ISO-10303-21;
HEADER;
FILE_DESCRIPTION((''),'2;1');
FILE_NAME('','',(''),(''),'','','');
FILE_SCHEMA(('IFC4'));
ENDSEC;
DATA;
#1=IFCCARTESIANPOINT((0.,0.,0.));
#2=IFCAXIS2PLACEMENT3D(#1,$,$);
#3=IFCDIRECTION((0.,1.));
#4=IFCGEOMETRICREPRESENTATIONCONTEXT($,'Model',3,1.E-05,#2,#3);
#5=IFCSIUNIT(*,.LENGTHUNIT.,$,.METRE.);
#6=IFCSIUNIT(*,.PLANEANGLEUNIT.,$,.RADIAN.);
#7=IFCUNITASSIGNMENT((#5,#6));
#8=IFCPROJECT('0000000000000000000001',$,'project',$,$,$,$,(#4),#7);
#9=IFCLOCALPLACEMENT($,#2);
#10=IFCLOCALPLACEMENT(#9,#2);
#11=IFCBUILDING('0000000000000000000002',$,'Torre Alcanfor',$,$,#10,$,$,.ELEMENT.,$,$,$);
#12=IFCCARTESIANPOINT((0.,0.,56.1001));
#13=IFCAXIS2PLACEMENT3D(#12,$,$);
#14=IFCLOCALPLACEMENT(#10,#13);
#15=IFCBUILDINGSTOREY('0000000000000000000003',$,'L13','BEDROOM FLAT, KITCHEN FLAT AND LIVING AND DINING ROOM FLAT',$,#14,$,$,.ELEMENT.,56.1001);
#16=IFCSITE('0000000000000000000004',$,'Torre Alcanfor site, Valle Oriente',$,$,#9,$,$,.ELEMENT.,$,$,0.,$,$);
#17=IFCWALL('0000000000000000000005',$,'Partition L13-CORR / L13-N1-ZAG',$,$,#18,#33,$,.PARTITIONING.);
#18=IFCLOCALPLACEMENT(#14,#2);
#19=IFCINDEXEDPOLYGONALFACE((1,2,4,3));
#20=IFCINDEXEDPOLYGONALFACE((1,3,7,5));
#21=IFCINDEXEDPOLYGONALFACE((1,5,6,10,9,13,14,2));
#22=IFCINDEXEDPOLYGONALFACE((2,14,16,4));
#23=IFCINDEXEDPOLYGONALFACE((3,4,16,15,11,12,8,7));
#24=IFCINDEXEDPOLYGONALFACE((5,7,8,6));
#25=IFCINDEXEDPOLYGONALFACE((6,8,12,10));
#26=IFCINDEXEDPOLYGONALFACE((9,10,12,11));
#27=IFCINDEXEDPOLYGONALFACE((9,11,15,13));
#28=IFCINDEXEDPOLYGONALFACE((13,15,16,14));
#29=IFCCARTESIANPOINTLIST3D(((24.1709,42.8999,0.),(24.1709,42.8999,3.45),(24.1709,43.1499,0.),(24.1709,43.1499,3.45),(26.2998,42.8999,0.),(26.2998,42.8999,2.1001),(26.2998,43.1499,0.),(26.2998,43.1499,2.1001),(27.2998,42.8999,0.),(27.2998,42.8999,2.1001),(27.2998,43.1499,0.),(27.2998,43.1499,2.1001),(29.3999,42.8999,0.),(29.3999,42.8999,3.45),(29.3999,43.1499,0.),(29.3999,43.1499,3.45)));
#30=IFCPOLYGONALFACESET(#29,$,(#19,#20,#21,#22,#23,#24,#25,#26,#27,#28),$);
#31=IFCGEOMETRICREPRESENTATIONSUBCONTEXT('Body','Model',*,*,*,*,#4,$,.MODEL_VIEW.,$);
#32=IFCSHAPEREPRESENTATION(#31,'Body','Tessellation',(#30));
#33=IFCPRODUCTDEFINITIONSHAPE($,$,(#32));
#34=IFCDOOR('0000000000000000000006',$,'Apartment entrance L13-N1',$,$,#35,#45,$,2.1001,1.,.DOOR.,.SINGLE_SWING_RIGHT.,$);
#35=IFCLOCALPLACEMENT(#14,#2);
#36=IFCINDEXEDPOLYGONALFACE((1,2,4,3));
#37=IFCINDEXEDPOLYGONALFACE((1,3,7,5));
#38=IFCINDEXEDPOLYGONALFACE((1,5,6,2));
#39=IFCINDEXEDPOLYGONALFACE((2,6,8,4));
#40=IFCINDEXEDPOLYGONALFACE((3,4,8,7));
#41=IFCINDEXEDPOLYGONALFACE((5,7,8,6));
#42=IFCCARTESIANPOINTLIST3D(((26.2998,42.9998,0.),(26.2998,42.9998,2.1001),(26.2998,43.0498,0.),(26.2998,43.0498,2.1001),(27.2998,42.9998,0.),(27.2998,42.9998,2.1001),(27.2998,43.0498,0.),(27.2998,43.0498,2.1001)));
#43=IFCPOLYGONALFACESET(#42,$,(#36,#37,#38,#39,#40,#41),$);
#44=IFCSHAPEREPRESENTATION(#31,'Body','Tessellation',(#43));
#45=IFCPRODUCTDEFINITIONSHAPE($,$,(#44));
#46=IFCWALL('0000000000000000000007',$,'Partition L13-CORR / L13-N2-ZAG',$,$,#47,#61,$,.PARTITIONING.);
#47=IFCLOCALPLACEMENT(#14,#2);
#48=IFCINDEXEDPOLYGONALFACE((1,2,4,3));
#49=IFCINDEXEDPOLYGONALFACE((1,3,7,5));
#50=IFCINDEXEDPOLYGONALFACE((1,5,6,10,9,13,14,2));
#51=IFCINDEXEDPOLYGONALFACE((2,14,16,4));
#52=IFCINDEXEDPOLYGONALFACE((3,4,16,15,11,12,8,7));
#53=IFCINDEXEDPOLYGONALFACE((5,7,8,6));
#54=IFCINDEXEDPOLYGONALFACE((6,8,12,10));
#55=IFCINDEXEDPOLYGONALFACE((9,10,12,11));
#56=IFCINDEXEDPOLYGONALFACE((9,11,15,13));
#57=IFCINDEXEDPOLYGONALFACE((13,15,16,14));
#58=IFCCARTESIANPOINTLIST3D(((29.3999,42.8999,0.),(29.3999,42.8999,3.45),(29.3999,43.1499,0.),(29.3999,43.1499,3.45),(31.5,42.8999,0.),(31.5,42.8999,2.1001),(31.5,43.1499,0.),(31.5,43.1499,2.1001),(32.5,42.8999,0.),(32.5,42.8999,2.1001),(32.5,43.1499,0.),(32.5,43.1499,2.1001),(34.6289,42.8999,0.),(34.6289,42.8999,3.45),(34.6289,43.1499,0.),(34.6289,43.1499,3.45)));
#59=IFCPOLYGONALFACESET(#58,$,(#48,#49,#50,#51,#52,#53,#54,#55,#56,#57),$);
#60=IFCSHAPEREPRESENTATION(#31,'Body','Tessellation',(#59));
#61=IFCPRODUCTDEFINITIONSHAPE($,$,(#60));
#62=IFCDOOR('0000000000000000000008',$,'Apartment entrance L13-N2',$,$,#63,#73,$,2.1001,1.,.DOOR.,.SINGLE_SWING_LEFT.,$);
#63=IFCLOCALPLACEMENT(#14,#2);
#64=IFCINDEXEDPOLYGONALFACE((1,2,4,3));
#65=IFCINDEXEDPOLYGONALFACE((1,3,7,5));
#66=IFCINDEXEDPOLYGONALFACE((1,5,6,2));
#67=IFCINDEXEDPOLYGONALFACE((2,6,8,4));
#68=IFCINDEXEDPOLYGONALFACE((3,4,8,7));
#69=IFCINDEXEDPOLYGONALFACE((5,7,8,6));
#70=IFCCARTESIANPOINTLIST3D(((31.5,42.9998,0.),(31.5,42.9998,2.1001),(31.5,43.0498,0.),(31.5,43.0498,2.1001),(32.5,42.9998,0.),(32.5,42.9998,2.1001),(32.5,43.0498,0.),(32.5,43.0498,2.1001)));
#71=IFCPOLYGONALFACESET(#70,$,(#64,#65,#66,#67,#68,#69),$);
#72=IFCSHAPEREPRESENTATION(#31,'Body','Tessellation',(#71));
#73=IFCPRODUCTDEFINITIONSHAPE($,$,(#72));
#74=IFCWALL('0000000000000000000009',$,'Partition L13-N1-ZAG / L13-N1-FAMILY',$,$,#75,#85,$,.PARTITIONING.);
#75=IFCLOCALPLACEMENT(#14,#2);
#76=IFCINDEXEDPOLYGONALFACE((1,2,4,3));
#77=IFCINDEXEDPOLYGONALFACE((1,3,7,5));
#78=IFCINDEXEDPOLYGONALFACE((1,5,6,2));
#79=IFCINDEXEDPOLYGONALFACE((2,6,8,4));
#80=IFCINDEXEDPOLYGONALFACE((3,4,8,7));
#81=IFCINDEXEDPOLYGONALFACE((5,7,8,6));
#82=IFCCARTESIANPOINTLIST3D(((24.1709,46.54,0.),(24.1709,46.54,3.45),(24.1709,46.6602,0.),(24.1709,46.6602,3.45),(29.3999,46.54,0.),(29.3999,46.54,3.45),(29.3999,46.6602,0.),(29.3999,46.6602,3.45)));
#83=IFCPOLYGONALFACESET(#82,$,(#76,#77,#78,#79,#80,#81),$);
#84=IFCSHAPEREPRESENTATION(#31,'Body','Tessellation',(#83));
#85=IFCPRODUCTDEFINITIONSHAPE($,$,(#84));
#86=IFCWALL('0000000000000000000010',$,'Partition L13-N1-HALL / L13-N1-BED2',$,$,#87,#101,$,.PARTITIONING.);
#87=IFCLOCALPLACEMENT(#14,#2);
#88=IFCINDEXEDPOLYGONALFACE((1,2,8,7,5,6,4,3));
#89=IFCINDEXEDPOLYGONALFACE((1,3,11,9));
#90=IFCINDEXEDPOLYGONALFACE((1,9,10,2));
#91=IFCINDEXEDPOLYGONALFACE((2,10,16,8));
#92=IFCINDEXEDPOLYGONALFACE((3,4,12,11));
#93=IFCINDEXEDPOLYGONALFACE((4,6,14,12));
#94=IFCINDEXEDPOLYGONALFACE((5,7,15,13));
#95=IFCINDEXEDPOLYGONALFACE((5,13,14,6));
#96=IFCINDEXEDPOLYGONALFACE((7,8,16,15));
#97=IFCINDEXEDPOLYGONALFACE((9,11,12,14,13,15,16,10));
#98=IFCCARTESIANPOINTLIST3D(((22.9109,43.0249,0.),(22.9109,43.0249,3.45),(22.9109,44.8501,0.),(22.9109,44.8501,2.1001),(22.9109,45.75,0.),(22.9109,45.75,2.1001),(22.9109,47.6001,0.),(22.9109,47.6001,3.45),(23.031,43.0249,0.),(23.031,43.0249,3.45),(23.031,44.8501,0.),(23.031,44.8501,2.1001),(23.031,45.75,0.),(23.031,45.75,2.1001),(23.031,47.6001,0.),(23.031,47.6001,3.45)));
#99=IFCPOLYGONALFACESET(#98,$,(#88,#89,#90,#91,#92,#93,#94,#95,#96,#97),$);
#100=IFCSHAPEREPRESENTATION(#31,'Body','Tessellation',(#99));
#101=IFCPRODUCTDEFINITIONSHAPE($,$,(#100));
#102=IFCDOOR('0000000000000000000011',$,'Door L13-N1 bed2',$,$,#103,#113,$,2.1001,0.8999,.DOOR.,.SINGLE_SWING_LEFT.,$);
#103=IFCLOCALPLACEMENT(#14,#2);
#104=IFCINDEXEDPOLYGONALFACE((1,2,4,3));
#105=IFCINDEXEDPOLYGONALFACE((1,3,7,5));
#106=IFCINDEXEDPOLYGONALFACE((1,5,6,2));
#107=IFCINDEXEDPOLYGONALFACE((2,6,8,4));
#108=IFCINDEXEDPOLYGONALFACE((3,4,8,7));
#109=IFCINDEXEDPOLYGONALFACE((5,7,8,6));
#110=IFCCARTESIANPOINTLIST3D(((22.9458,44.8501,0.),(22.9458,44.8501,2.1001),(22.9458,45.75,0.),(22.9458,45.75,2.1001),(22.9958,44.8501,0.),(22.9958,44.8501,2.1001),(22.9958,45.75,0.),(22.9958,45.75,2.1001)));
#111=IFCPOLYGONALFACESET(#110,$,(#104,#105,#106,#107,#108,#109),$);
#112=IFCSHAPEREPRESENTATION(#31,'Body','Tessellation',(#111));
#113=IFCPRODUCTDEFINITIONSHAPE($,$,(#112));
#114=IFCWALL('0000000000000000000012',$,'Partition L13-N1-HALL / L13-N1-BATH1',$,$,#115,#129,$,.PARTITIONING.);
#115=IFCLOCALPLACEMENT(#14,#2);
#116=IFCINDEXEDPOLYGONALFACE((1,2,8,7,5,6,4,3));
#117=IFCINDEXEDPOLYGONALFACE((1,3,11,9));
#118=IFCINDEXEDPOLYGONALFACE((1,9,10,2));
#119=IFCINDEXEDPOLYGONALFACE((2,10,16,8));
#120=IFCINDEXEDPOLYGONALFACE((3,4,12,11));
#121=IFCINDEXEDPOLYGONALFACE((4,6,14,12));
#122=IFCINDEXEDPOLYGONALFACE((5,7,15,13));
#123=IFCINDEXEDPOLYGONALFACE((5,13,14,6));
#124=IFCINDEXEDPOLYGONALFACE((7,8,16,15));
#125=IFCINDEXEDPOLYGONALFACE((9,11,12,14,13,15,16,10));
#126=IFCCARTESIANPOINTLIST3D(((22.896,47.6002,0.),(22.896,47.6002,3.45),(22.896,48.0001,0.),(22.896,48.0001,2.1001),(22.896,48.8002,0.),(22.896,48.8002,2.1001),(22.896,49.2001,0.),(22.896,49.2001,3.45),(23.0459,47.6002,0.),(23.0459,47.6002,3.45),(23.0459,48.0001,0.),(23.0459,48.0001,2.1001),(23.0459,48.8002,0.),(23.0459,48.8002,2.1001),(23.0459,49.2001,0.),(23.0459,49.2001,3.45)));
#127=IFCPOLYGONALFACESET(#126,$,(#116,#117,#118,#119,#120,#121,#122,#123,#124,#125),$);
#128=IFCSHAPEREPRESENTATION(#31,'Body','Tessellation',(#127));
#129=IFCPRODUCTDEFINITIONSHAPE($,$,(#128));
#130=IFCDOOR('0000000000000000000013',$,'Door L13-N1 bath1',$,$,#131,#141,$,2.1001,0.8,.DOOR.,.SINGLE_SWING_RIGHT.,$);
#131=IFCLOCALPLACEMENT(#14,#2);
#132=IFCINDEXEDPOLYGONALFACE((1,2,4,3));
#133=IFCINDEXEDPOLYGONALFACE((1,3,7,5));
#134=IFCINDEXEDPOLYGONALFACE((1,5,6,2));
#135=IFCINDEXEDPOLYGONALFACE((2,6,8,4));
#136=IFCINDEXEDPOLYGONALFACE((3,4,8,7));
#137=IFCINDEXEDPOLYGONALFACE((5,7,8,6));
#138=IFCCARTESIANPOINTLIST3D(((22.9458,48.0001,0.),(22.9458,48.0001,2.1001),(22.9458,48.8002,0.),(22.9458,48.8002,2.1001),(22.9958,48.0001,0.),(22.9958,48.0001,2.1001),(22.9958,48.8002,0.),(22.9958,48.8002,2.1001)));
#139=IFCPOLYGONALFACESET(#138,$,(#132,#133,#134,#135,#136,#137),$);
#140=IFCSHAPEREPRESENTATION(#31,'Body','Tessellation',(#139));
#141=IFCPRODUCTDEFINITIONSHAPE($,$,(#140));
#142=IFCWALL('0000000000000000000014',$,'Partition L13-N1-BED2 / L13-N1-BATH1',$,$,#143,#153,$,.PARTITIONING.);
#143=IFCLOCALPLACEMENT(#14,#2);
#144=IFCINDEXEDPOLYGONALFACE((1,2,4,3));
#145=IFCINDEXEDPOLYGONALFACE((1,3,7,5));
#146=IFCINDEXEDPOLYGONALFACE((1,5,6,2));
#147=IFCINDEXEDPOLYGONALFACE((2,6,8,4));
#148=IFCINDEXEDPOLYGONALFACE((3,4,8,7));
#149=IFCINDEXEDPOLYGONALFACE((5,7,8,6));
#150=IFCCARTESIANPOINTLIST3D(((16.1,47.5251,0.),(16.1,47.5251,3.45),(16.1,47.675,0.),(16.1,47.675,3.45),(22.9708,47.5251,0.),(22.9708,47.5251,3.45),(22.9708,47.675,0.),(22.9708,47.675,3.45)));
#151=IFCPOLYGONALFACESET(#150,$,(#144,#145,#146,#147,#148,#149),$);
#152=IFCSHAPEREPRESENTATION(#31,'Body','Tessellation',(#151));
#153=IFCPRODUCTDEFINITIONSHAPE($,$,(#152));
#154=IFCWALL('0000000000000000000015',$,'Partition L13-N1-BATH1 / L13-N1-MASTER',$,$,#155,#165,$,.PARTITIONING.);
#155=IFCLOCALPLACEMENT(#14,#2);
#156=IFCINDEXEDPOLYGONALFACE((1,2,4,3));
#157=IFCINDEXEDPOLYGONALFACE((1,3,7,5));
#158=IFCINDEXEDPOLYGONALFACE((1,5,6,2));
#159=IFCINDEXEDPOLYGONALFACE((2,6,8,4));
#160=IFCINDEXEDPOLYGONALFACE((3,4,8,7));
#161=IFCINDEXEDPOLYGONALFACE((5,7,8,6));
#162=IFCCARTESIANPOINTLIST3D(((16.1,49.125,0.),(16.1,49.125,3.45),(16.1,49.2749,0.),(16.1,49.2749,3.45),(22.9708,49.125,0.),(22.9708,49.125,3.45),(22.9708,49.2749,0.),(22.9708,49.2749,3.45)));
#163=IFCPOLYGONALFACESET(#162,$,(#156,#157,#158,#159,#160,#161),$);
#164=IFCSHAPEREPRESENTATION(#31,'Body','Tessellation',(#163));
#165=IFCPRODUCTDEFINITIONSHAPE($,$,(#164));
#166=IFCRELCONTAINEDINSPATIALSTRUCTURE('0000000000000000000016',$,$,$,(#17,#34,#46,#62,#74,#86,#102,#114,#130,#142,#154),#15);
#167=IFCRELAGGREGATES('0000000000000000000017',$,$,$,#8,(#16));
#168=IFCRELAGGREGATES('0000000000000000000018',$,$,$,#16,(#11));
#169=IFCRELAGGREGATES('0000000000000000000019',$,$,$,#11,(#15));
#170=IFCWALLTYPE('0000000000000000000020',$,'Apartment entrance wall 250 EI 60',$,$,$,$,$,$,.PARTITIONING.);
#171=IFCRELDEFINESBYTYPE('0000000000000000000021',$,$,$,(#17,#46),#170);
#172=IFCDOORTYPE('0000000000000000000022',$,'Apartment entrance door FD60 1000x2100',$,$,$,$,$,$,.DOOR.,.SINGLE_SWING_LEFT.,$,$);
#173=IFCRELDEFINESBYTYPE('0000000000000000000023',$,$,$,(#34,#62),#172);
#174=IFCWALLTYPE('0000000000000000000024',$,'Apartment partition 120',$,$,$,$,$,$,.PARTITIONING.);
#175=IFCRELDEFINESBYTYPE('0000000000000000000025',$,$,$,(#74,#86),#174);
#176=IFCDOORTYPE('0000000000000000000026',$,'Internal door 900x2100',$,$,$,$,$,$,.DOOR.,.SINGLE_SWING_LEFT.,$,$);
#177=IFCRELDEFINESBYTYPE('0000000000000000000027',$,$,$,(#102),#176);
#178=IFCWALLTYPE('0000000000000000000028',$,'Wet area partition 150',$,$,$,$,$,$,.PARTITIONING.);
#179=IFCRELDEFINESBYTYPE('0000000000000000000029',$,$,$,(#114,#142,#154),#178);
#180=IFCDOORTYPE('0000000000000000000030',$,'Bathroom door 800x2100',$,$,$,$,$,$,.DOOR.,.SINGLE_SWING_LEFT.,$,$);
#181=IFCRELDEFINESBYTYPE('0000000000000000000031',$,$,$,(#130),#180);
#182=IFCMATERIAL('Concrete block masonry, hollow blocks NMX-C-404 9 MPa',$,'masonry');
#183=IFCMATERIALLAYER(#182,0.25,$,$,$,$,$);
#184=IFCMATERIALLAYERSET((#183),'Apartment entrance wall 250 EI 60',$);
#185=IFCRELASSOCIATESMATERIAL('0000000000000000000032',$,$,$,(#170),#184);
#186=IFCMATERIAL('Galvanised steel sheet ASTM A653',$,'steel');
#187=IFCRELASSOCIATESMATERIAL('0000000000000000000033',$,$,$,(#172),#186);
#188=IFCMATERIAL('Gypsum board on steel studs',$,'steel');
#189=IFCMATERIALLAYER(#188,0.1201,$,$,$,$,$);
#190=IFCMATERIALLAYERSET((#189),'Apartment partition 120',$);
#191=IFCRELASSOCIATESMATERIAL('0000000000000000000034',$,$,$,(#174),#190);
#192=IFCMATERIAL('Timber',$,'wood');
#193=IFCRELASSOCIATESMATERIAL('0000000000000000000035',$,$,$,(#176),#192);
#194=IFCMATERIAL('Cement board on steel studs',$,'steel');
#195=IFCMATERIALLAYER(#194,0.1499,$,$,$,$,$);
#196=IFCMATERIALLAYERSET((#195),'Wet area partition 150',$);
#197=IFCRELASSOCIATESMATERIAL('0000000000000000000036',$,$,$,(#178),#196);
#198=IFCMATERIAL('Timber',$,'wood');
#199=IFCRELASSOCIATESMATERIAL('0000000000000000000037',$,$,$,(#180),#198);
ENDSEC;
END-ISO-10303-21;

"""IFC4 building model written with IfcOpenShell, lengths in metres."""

from ifc_helpers import new_model, si_unit, direction, frame, frame_2d, origin, place, context, subcontext, project, spatial, rectangle, extrude, material, layer, layer_set, type_object, element, fill, save


model = new_model("IFC4")

# Units and contexts
model_context = context("Model", 3, precision=1e-05, world=origin(), true_north=direction((0.0, 1.0)))
body_context = subcontext(model_context, "Body", "Model", "MODEL_VIEW")
ifc_project = project(units=[si_unit("LENGTHUNIT", "METRE"), si_unit("PLANEANGLEUNIT", "RADIAN")], contexts=[model_context])

# Site, building, storey
site_placement = place(None, origin())
site = spatial("IfcSite", under=ifc_project, at=site_placement, Name="Torre Alcanfor site, Valle Oriente", CompositionType="ELEMENT", RefElevation=0.0)
building_placement = place(site_placement, origin())
building = spatial("IfcBuilding", under=site, at=building_placement, Name="Torre Alcanfor", CompositionType="ELEMENT")
storey_placement = place(building_placement, frame((0.0, 0.0, 56.1001)))
storey = spatial("IfcBuildingStorey", under=building, at=storey_placement, Name="L13", Description="BEDROOM FLAT, KITCHEN FLAT AND LIVING AND DINING ROOM FLAT", CompositionType="ELEMENT", Elevation=56.1001)

# Walls, openings, doors
ifc_material_1 = material(Name="Concrete block masonry, hollow blocks NMX-C-404 9 MPa", Category="masonry")
ifc_layer_1 = layer(ifc_material_1, 0.25)
ifc_layer_set_1 = layer_set([ifc_layer_1], Name="Apartment entrance wall 250 EI 60")
wall_type_1 = type_object("IfcWallType", Name="Apartment entrance wall 250 EI 60", PredefinedType="PARTITIONING", material=ifc_layer_set_1)
wall_1_placement = place(storey_placement, frame((24.1709, 43.0249, 0.0), z_axis=(0.0, 0.0, 1.0), x_axis=(1.0, 0.0, 0.0)))
wall_1 = element("IfcWall", 1, at=wall_1_placement, inside=storey, type_object=wall_type_1, Name="Partition L13-CORR / L13-N1-ZAG", PredefinedType="PARTITIONING", context=body_context, shape_type="SweptSolid", body=[
    extrude(rectangle(XDim=5.229, YDim=0.25, at=frame_2d((2.6145, 0.0))), origin(), (0.0, 0.0, 1.0), 3.45),
])
opening_1_placement = place(wall_1_placement, frame((2.1289, 0.0, 0.0)))
opening_1 = element("IfcOpeningElement", 2, at=opening_1_placement, cuts=wall_1, PredefinedType="OPENING", context=body_context, shape_type="SweptSolid", body=[
    extrude(rectangle(XDim=1.0, YDim=2.1001, at=frame_2d((0.5, 1.05))), frame((0.0, 0.135, 0.0), z_axis=(0.0, -1.0, 0.0), x_axis=(1.0, 0.0, 0.0)), (0.0, 0.0, 1.0), 0.27),
])
ifc_material_2 = material(Name="Galvanised steel sheet ASTM A653", Category="steel")
door_type_1 = type_object("IfcDoorType", Name="Apartment entrance door FD60 1000x2100", OperationType="SINGLE_SWING_LEFT", PredefinedType="DOOR", material=ifc_material_2)
door_1_placement = place(opening_1_placement, origin())
door_1 = element("IfcDoor", 3, at=door_1_placement, inside=storey, type_object=door_type_1, Name="Apartment entrance L13-N1", OperationType="SINGLE_SWING_RIGHT", OverallHeight=2.1001, OverallWidth=1.0, PredefinedType="DOOR", context=body_context, shape_type="SweptSolid", body=[
    extrude(rectangle(XDim=1.0, YDim=2.1001, at=frame_2d((0.5, 1.05))), frame((0.0, 0.0249, 0.0), z_axis=(0.0, -1.0, 0.0), x_axis=(1.0, 0.0, 0.0)), (0.0, 0.0, 1.0), 0.05),
])
fill(opening_1, door_1)
wall_2_placement = place(storey_placement, frame((29.3999, 43.0249, 0.0), z_axis=(0.0, 0.0, 1.0), x_axis=(1.0, 0.0, 0.0)))
wall_2 = element("IfcWall", 4, at=wall_2_placement, inside=storey, type_object=wall_type_1, Name="Partition L13-CORR / L13-N2-ZAG", PredefinedType="PARTITIONING", context=body_context, shape_type="SweptSolid", body=[
    extrude(rectangle(XDim=5.229, YDim=0.25, at=frame_2d((2.6145, 0.0))), origin(), (0.0, 0.0, 1.0), 3.45),
])
opening_2_placement = place(wall_2_placement, frame((2.1001, 0.0, 0.0)))
opening_2 = element("IfcOpeningElement", 5, at=opening_2_placement, cuts=wall_2, PredefinedType="OPENING", context=body_context, shape_type="SweptSolid", body=[
    extrude(rectangle(XDim=1.0, YDim=2.1001, at=frame_2d((0.5, 1.05))), frame((0.0, 0.135, 0.0), z_axis=(0.0, -1.0, 0.0), x_axis=(1.0, 0.0, 0.0)), (0.0, 0.0, 1.0), 0.27),
])
door_2_placement = place(opening_2_placement, origin())
door_2 = element("IfcDoor", 6, at=door_2_placement, inside=storey, type_object=door_type_1, Name="Apartment entrance L13-N2", OperationType="SINGLE_SWING_LEFT", OverallHeight=2.1001, OverallWidth=1.0, PredefinedType="DOOR", context=body_context, shape_type="SweptSolid", body=[
    extrude(rectangle(XDim=1.0, YDim=2.1001, at=frame_2d((0.5, 1.05))), frame((0.0, 0.0249, 0.0), z_axis=(0.0, -1.0, 0.0), x_axis=(1.0, 0.0, 0.0)), (0.0, 0.0, 1.0), 0.05),
])
fill(opening_2, door_2)

# Wall
ifc_material_3 = material(Name="Gypsum board on steel studs", Category="steel")
ifc_layer_2 = layer(ifc_material_3, 0.1201)
ifc_layer_set_2 = layer_set([ifc_layer_2], Name="Apartment partition 120")
wall_type_2 = type_object("IfcWallType", Name="Apartment partition 120", PredefinedType="PARTITIONING", material=ifc_layer_set_2)
wall_3_placement = place(storey_placement, frame((29.3999, 46.6001, 0.0), z_axis=(0.0, 0.0, 1.0), x_axis=(-1.0, 0.0, 0.0)))
element("IfcWall", 7, at=wall_3_placement, inside=storey, type_object=wall_type_2, Name="Partition L13-N1-ZAG / L13-N1-FAMILY", PredefinedType="PARTITIONING", context=body_context, shape_type="SweptSolid", body=[
    extrude(rectangle(XDim=5.229, YDim=0.1201, at=frame_2d((2.6145, 0.0))), origin(), (0.0, 0.0, 1.0), 3.45),
])

# Walls, openings, doors
wall_4_placement = place(storey_placement, frame((22.9709, 47.6001, 0.0), z_axis=(0.0, 0.0, 1.0), x_axis=(0.0, -1.0, 0.0)))
wall_4 = element("IfcWall", 8, at=wall_4_placement, inside=storey, type_object=wall_type_2, Name="Partition L13-N1-HALL / L13-N1-BED2", PredefinedType="PARTITIONING", context=body_context, shape_type="SweptSolid", body=[
    extrude(rectangle(XDim=4.5752, YDim=0.1201, at=frame_2d((2.2876, 0.0))), origin(), (0.0, 0.0, 1.0), 3.45),
])
opening_3_placement = place(wall_4_placement, frame((1.8501, 0.0, 0.0)))
opening_3 = element("IfcOpeningElement", 9, at=opening_3_placement, cuts=wall_4, PredefinedType="OPENING", context=body_context, shape_type="SweptSolid", body=[
    extrude(rectangle(XDim=0.8999, YDim=2.1001, at=frame_2d((0.45, 1.05))), frame((0.0, 0.0701, 0.0), z_axis=(0.0, -1.0, 0.0), x_axis=(1.0, 0.0, 0.0)), (0.0, 0.0, 1.0), 0.1401),
])
ifc_material_4 = material(Name="Timber", Category="wood")
door_type_2 = type_object("IfcDoorType", Name="Internal door 900x2100", OperationType="SINGLE_SWING_LEFT", PredefinedType="DOOR", material=ifc_material_4)
door_3_placement = place(opening_3_placement, frame((0.8999, 0.0, 0.0), z_axis=(0.0, 0.0, 1.0), x_axis=(-1.0, 0.0, 0.0)))
door_3 = element("IfcDoor", 10, at=door_3_placement, inside=storey, type_object=door_type_2, Name="Door L13-N1 bed2", OperationType="SINGLE_SWING_LEFT", OverallHeight=2.1001, OverallWidth=0.8999, PredefinedType="DOOR", context=body_context, shape_type="SweptSolid", body=[
    extrude(rectangle(XDim=0.8999, YDim=2.1001, at=frame_2d((0.45, 1.05))), frame((0.0, 0.0251, 0.0), z_axis=(0.0, -1.0, 0.0), x_axis=(1.0, 0.0, 0.0)), (0.0, 0.0, 1.0), 0.05),
])
fill(opening_3, door_3)
ifc_material_5 = material(Name="Cement board on steel studs", Category="steel")
ifc_layer_3 = layer(ifc_material_5, 0.1499)
ifc_layer_set_3 = layer_set([ifc_layer_3], Name="Wet area partition 150")
wall_type_3 = type_object("IfcWallType", Name="Wet area partition 150", PredefinedType="PARTITIONING", material=ifc_layer_set_3)
wall_5_placement = place(storey_placement, frame((22.9709, 49.2, 0.0), z_axis=(0.0, 0.0, 1.0), x_axis=(0.0, -1.0, 0.0)))
wall_5 = element("IfcWall", 11, at=wall_5_placement, inside=storey, type_object=wall_type_3, Name="Partition L13-N1-HALL / L13-N1-BATH1", PredefinedType="PARTITIONING", context=body_context, shape_type="SweptSolid", body=[
    extrude(rectangle(XDim=1.5999, YDim=0.1499, at=frame_2d((0.7998, 0.0))), origin(), (0.0, 0.0, 1.0), 3.45),
])
opening_4_placement = place(wall_5_placement, frame((0.3999, 0.0, 0.0)))
opening_4 = element("IfcOpeningElement", 12, at=opening_4_placement, cuts=wall_5, PredefinedType="OPENING", context=body_context, shape_type="SweptSolid", body=[
    extrude(rectangle(XDim=0.8, YDim=2.1001, at=frame_2d((0.3999, 1.05))), frame((0.0, 0.085, 0.0), z_axis=(0.0, -1.0, 0.0), x_axis=(1.0, 0.0, 0.0)), (0.0, 0.0, 1.0), 0.1699),
])
ifc_material_6 = material(Name="Timber", Category="wood")
door_type_3 = type_object("IfcDoorType", Name="Bathroom door 800x2100", OperationType="SINGLE_SWING_LEFT", PredefinedType="DOOR", material=ifc_material_6)
door_4_placement = place(opening_4_placement, frame((0.8, 0.0, 0.0), z_axis=(0.0, 0.0, 1.0), x_axis=(-1.0, 0.0, 0.0)))
door_4 = element("IfcDoor", 13, at=door_4_placement, inside=storey, type_object=door_type_3, Name="Door L13-N1 bath1", OperationType="SINGLE_SWING_RIGHT", OverallHeight=2.1001, OverallWidth=0.8, PredefinedType="DOOR", context=body_context, shape_type="SweptSolid", body=[
    extrude(rectangle(XDim=0.8, YDim=2.1001, at=frame_2d((0.4001, 1.05))), frame((0.0, 0.0251, 0.0), z_axis=(0.0, -1.0, 0.0), x_axis=(1.0, 0.0, 0.0)), (0.0, 0.0, 1.0), 0.05),
])
fill(opening_4, door_4)

# Walls
for number, where, z_axis, x_axis, name in (
    (14, (22.9709, 47.6001, 0.0), (0.0, 0.0, 1.0), (-1.0, 0.0, 0.0), "Partition L13-N1-BED2 / L13-N1-BATH1"),
    (15, (22.9709, 49.2, 0.0), (0.0, 0.0, 1.0), (-1.0, 0.0, 0.0), "Partition L13-N1-BATH1 / L13-N1-MASTER"),
):
    element("IfcWall", number, at=place(storey_placement, frame(where, z_axis=z_axis, x_axis=x_axis)), inside=storey, type_object=wall_type_3, Name=name, PredefinedType="PARTITIONING", context=body_context, shape_type="SweptSolid", body=[
        extrude(rectangle(XDim=6.8708, YDim=0.1499, at=frame_2d((3.4355, 0.0))), origin(), (0.0, 0.0, 1.0), 3.45),
    ])

save(model, "model.ifc")
